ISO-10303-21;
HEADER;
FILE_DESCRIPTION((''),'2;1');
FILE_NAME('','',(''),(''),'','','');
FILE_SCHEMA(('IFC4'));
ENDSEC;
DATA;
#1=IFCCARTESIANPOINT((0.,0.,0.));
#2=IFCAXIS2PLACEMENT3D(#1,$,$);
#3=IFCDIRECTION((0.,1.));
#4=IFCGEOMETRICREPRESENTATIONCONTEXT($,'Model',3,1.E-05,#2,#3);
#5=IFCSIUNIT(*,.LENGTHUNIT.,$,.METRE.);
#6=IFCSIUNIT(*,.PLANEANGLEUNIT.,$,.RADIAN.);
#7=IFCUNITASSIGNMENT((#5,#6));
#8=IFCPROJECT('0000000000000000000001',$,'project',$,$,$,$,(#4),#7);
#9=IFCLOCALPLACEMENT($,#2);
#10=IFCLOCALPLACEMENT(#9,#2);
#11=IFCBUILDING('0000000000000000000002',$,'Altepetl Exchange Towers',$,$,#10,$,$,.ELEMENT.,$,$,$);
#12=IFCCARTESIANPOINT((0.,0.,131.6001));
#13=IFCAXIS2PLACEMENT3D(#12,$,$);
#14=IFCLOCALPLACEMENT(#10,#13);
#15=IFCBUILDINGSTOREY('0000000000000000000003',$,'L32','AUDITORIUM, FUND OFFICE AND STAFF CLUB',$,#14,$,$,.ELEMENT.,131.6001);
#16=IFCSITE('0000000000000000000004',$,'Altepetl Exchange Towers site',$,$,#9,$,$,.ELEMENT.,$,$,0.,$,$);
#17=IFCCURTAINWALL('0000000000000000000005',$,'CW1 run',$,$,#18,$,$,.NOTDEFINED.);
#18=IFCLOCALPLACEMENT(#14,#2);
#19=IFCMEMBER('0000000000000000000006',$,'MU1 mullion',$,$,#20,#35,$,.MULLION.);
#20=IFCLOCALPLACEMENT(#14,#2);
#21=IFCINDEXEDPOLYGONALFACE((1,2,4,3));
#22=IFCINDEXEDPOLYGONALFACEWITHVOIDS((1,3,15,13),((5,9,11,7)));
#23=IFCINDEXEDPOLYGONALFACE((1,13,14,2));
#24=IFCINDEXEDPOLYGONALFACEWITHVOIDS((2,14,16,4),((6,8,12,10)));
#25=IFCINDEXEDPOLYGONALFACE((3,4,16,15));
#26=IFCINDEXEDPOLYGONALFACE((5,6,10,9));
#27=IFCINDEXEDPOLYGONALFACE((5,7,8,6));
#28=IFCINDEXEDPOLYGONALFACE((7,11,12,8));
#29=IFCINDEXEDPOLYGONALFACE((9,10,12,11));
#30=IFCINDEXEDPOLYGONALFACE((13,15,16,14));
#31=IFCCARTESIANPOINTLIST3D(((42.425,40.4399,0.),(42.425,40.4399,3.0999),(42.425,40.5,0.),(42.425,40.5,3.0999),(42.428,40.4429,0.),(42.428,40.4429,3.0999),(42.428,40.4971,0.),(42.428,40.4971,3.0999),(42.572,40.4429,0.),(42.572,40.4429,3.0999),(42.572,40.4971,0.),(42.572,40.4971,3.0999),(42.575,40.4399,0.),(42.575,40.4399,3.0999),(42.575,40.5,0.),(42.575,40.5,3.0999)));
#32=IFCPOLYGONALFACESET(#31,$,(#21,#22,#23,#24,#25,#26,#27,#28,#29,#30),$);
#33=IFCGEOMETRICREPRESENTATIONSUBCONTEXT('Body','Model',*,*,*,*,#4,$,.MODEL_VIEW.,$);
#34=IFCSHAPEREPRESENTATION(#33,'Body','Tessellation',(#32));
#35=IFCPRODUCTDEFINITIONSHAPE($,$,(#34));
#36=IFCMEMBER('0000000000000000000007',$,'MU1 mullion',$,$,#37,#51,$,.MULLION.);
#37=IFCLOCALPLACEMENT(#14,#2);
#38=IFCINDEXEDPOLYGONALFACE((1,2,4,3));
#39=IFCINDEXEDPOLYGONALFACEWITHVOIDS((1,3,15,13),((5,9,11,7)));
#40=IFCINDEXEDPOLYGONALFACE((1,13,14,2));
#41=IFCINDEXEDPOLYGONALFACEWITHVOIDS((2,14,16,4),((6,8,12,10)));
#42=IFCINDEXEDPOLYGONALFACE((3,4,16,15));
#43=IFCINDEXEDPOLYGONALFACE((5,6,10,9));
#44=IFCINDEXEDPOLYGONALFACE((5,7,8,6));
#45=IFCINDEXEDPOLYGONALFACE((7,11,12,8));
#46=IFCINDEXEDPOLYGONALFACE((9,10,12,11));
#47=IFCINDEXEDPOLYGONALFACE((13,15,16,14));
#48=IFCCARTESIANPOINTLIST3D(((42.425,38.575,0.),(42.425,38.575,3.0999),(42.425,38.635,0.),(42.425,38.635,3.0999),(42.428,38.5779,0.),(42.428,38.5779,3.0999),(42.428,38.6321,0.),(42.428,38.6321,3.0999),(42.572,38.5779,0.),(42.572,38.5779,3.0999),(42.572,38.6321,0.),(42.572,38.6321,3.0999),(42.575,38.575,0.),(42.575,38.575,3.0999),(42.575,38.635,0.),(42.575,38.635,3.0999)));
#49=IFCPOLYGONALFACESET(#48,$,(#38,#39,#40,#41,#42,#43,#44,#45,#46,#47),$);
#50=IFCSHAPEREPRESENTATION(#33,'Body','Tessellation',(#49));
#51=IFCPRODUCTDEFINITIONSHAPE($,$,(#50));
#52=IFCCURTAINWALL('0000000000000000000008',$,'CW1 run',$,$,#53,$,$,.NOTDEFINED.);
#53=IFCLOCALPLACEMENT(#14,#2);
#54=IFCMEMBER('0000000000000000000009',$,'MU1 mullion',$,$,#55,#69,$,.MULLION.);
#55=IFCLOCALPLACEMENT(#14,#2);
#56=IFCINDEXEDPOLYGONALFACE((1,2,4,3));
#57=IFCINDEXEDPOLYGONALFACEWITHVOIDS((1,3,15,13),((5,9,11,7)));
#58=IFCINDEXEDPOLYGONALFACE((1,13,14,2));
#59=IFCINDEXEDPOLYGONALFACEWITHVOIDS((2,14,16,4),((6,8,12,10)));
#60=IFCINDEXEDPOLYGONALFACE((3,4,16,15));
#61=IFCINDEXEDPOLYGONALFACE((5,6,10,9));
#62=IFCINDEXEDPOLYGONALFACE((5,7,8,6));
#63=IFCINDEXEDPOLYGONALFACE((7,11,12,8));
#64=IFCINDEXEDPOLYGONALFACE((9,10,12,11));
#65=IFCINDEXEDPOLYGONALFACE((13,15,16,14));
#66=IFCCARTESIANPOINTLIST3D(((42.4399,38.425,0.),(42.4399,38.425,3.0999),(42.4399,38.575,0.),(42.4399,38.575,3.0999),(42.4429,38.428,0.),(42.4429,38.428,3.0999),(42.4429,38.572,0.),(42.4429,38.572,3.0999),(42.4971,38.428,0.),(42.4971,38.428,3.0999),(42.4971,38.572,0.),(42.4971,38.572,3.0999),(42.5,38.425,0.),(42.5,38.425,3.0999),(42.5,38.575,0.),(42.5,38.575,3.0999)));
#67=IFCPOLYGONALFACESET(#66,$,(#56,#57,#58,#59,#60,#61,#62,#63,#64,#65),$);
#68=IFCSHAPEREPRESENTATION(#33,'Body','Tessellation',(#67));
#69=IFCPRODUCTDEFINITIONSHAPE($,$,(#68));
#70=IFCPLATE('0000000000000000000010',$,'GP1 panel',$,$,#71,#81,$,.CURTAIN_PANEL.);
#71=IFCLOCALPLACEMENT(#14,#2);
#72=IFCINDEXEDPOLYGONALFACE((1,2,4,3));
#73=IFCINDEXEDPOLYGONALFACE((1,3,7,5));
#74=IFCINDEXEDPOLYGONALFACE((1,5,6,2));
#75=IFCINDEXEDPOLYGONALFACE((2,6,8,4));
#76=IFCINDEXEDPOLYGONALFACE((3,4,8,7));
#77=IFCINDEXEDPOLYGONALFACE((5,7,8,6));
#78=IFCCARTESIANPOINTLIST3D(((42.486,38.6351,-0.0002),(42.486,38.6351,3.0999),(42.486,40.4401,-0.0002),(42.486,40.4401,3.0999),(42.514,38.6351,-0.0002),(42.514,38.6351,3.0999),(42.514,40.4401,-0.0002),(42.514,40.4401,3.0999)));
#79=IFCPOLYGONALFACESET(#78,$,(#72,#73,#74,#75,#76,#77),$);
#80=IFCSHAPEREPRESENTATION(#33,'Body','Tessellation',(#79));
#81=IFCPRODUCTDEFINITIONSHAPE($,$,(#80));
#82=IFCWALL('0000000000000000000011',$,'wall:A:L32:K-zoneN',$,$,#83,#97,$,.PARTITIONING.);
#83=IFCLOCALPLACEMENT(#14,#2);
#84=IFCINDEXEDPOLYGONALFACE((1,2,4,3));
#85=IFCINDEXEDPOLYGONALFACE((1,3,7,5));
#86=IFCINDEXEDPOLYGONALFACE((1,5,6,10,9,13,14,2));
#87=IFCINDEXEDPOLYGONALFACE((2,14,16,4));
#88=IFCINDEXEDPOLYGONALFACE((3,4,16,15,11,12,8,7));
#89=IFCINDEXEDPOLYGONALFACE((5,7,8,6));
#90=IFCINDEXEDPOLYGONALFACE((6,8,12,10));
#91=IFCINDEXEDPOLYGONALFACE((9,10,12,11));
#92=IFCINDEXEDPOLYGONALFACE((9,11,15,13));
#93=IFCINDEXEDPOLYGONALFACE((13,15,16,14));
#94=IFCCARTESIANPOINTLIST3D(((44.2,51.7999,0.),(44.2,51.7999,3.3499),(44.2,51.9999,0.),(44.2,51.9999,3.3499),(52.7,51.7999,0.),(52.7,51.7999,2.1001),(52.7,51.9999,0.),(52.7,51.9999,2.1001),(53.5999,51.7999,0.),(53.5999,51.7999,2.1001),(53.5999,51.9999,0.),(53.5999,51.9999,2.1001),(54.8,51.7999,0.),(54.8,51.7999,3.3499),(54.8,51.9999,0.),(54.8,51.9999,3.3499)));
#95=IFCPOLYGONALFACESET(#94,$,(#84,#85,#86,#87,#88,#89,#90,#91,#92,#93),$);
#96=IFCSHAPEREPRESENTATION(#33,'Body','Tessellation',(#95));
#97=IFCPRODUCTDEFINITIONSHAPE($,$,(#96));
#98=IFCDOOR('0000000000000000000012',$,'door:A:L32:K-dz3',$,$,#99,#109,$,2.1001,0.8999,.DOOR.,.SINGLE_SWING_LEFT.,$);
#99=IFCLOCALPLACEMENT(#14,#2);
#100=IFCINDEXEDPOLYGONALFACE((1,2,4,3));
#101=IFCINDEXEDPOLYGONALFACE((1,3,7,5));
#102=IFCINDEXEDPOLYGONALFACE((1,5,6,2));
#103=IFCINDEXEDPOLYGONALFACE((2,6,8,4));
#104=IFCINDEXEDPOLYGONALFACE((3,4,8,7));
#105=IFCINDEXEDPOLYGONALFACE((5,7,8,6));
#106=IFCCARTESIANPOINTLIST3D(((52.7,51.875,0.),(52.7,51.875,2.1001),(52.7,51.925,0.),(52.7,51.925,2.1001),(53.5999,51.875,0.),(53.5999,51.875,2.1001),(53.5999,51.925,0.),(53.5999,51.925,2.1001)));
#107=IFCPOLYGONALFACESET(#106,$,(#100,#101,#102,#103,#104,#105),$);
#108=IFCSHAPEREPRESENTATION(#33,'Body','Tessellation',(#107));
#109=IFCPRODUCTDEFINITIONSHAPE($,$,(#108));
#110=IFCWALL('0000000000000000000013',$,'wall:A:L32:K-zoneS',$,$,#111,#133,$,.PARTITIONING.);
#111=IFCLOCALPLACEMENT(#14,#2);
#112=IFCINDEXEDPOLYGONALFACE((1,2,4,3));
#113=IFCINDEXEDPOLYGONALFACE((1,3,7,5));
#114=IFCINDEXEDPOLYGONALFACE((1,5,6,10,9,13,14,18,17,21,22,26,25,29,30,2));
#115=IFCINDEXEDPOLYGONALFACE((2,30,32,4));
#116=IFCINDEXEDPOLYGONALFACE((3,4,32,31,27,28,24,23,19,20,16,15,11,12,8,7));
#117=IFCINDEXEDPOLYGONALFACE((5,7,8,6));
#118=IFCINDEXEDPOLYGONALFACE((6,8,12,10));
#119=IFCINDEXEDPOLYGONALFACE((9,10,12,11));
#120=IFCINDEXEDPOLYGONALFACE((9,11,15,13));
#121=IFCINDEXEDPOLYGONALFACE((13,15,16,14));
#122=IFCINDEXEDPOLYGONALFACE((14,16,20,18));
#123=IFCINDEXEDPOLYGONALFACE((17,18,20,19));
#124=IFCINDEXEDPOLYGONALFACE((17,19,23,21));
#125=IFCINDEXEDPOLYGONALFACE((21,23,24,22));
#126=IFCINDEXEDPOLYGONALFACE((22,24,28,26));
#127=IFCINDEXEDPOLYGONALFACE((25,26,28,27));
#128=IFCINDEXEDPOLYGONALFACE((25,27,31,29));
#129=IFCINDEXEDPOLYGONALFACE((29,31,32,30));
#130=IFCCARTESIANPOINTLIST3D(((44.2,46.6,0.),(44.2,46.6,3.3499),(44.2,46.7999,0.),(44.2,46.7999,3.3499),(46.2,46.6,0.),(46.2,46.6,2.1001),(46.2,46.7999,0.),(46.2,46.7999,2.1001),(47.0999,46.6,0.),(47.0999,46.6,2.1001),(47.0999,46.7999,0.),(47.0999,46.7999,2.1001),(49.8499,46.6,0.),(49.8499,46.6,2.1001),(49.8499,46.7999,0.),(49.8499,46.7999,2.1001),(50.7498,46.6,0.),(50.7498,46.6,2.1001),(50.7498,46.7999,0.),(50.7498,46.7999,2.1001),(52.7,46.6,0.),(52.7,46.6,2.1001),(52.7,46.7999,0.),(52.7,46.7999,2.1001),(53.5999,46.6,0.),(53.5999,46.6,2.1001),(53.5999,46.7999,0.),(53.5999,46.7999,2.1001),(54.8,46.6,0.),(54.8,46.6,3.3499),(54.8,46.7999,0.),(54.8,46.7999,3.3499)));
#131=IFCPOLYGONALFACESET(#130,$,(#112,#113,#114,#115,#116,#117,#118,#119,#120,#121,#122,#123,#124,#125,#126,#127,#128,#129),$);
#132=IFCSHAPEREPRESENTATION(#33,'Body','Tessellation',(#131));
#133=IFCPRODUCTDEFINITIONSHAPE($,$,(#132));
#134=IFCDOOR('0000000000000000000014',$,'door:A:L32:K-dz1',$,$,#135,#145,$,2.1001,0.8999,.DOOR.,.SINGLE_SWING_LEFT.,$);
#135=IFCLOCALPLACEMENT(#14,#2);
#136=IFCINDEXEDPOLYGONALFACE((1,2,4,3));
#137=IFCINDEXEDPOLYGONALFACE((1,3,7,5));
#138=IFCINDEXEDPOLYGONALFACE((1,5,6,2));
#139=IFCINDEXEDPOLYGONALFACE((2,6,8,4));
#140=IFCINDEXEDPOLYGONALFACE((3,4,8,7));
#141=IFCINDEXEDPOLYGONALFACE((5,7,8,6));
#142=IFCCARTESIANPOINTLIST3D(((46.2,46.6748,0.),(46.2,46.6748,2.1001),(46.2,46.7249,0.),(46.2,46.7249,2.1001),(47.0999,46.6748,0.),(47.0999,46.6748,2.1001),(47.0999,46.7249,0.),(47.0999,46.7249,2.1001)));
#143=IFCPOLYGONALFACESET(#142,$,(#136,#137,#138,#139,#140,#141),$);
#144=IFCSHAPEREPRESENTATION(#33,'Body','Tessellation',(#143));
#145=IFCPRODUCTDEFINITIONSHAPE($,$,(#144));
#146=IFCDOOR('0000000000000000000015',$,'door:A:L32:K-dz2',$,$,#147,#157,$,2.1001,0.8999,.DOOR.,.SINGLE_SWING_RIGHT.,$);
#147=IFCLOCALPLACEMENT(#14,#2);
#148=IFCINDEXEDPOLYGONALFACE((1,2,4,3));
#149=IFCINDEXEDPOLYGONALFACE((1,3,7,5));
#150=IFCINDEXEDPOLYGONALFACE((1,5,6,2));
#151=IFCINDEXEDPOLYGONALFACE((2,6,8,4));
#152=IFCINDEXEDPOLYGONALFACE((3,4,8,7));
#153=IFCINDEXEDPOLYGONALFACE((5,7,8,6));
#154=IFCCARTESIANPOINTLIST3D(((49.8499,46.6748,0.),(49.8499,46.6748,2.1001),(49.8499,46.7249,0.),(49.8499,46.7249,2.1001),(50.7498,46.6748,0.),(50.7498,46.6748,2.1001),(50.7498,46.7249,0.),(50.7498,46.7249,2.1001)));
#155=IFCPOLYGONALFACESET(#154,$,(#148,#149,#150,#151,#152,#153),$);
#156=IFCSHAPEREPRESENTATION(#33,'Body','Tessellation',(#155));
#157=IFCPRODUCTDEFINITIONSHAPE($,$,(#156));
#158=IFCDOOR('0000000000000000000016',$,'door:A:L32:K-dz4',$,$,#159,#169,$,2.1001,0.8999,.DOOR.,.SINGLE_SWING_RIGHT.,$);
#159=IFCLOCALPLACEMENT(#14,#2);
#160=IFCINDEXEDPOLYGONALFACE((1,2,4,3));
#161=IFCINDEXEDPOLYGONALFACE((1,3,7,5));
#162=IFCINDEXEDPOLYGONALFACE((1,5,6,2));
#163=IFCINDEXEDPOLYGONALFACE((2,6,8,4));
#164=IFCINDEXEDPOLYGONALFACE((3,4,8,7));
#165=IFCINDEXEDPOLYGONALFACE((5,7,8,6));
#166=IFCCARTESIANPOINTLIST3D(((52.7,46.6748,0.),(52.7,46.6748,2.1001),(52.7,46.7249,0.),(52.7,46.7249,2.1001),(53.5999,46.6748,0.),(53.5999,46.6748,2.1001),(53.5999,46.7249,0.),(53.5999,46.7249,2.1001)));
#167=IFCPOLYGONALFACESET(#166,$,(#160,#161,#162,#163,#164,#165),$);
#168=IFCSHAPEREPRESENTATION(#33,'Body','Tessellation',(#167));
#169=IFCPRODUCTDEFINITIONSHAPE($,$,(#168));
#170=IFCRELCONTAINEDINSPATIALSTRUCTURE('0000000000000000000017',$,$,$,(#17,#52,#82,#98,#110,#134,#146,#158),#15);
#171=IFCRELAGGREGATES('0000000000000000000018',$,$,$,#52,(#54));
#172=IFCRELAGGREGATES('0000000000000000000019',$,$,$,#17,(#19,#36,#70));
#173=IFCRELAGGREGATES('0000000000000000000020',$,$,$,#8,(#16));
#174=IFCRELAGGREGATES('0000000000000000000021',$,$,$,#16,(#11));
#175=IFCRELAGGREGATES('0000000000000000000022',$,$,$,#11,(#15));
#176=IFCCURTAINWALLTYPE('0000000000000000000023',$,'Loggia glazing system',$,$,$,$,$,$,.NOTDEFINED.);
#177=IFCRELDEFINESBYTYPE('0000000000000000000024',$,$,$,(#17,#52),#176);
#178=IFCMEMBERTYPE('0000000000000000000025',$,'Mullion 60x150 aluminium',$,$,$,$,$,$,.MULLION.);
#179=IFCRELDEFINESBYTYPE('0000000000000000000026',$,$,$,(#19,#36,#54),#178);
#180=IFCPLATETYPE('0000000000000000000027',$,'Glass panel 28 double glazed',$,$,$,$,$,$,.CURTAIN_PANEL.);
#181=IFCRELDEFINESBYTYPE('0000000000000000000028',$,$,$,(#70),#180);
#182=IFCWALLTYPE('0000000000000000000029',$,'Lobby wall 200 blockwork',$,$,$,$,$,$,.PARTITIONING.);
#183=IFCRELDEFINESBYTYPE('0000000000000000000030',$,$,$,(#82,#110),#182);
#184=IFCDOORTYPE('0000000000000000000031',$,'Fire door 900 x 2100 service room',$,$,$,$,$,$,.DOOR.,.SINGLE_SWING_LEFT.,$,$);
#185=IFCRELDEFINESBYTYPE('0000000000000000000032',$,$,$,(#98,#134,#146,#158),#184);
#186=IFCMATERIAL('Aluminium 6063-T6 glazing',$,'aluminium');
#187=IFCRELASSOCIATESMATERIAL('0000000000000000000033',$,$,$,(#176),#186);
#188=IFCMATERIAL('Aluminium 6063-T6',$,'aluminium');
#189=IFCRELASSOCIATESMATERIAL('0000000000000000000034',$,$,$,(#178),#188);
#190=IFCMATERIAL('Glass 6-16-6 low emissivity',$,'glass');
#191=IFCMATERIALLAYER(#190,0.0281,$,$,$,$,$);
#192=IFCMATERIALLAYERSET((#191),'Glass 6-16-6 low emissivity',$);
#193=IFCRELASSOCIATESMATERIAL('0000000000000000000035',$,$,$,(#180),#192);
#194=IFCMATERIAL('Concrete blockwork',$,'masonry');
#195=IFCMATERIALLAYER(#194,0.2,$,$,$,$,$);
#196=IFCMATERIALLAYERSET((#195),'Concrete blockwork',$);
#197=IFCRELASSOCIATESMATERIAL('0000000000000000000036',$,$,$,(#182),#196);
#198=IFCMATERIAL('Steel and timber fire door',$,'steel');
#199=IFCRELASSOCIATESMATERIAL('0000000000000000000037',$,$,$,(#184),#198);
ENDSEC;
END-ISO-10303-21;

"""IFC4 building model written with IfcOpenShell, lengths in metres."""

from ifc_helpers import new_model, si_unit, direction, frame, frame_2d, origin, origin_2d, place, context, subcontext, project, spatial, rectangle, hollow_rectangle, extrude, material, layer, layer_set, material_profile, profile_set, type_object, element, fill, aggregate, save


model = new_model("IFC4")

# Units and contexts
model_context = context("Model", 3, precision=1e-05, world=origin(), true_north=direction((0.0, 1.0)))
body_context = subcontext(model_context, "Body", "Model", "MODEL_VIEW")
ifc_project = project(units=[si_unit("LENGTHUNIT", "METRE"), si_unit("PLANEANGLEUNIT", "RADIAN")], contexts=[model_context])

# Site, building, storey
site_placement = place(None, origin())
site = spatial("IfcSite", under=ifc_project, at=site_placement, Name="Altepetl Exchange Towers site", CompositionType="ELEMENT", RefElevation=0.0)
building_placement = place(site_placement, origin())
building = spatial("IfcBuilding", under=site, at=building_placement, Name="Altepetl Exchange Towers", CompositionType="ELEMENT")
storey_placement = place(building_placement, frame((0.0, 0.0, 131.6001)))
storey = spatial("IfcBuildingStorey", under=building, at=storey_placement, Name="L32", Description="AUDITORIUM, FUND OFFICE AND STAFF CLUB", CompositionType="ELEMENT", Elevation=131.6001)

# Curtain wall, members
ifc_material_1 = material(Name="Aluminium 6063-T6 glazing", Category="aluminium")
curtain_wall_type = type_object("IfcCurtainWallType", Name="Loggia glazing system", PredefinedType="NOTDEFINED", material=ifc_material_1)
curtain_wall_1_placement = place(storey_placement, origin())
curtain_wall_1 = element("IfcCurtainWall", 1, at=curtain_wall_1_placement, inside=storey, type_object=curtain_wall_type, Name="CW1 run", PredefinedType="NOTDEFINED")
ifc_material_2 = material(Name="Aluminium 6063-T6", Category="aluminium")
ifc_material_profile = material_profile(ifc_material_2, hollow_rectangle(XDim=0.0601, YDim=0.1499, WallThickness=0.0029, at=origin_2d()), Name="Mullion 60x150 aluminium")
ifc_profile_set = profile_set([ifc_material_profile], Name="Aluminium 6063-T6")
member_type = type_object("IfcMemberType", Name="Mullion 60x150 aluminium", PredefinedType="MULLION", material=ifc_profile_set)
member_1_placement = place(storey_placement, frame((42.5, 40.47, 0.0), z_axis=(0.0, 0.0, 1.0), x_axis=(0.0, -1.0, 0.0)))
member_1 = element("IfcMember", 2, at=member_1_placement, type_object=member_type, Name="MU1 mullion", PredefinedType="MULLION", context=body_context, shape_type="SweptSolid", body=[
    extrude(hollow_rectangle(XDim=0.0601, YDim=0.1499, WallThickness=0.0029, at=origin_2d()), origin(), (0.0, 0.0, 1.0), 3.0999),
])
member_2_placement = place(storey_placement, frame((42.5, 38.605, 0.0), z_axis=(0.0, 0.0, 1.0), x_axis=(0.0, -1.0, 0.0)))
member_2 = element("IfcMember", 3, at=member_2_placement, type_object=member_type, Name="MU1 mullion", PredefinedType="MULLION", context=body_context, shape_type="SweptSolid", body=[
    extrude(hollow_rectangle(XDim=0.0601, YDim=0.1499, WallThickness=0.0029, at=origin_2d()), origin(), (0.0, 0.0, 1.0), 3.0999),
])

# Curtain wall, member
curtain_wall_2_placement = place(storey_placement, origin())
curtain_wall_2 = element("IfcCurtainWall", 4, at=curtain_wall_2_placement, inside=storey, type_object=curtain_wall_type, Name="CW1 run", PredefinedType="NOTDEFINED")
member_3_placement = place(storey_placement, frame((42.47, 38.5, 0.0), z_axis=(0.0, 0.0, 1.0), x_axis=(-1.0, 0.0, 0.0)))
member_3 = element("IfcMember", 5, at=member_3_placement, type_object=member_type, Name="MU1 mullion", PredefinedType="MULLION", context=body_context, shape_type="SweptSolid", body=[
    extrude(hollow_rectangle(XDim=0.0601, YDim=0.1499, WallThickness=0.0029, at=origin_2d()), origin(), (0.0, 0.0, 1.0), 3.0999),
])
aggregate(curtain_wall_2, [member_3])

# Plate
ifc_material_3 = material(Name="Glass 6-16-6 low emissivity", Category="glass")
ifc_layer_1 = layer(ifc_material_3, 0.0281)
ifc_layer_set_1 = layer_set([ifc_layer_1], Name="Glass 6-16-6 low emissivity")
plate_type = type_object("IfcPlateType", Name="Glass panel 28 double glazed", PredefinedType="CURTAIN_PANEL", material=ifc_layer_set_1)
plate_placement = place(storey_placement, frame((42.5, 39.5376, -0.0002), z_axis=(0.0, 0.0, 1.0), x_axis=(0.0, -1.0, 0.0)))
plate = element("IfcPlate", 6, at=plate_placement, type_object=plate_type, Name="GP1 panel", PredefinedType="CURTAIN_PANEL", context=body_context, shape_type="SweptSolid", body=[
    extrude(rectangle(XDim=1.8049, YDim=0.0281, at=origin_2d()), origin(), (0.0, 0.0, 1.0), 3.1001),
])
aggregate(curtain_wall_1, [member_1, member_2, plate])

# Wall, opening, door
ifc_material_4 = material(Name="Concrete blockwork", Category="masonry")
ifc_layer_2 = layer(ifc_material_4, 0.2)
ifc_layer_set_2 = layer_set([ifc_layer_2], Name="Concrete blockwork")
wall_type_1 = type_object("IfcWallType", Name="Lobby wall 200 blockwork", PredefinedType="PARTITIONING", material=ifc_layer_set_2)
wall_1_placement = place(storey_placement, frame((44.2, 51.8999, 0.0)))
wall_1 = element("IfcWall", 7, at=wall_1_placement, inside=storey, type_object=wall_type_1, Name="wall:A:L32:K-zoneN", PredefinedType="PARTITIONING", context=body_context, shape_type="SweptSolid", body=[
    extrude(rectangle(XDim=10.6001, YDim=0.2, at=frame_2d((5.3, 0.0))), origin(), (0.0, 0.0, 1.0), 3.3499),
])
opening_1_placement = place(wall_1_placement, frame((8.5, 0.0, 0.0)))
opening_1 = element("IfcOpeningElement", 8, at=opening_1_placement, cuts=wall_1, PredefinedType="OPENING", context=body_context, shape_type="SweptSolid", body=[
    extrude(rectangle(XDim=0.8999, YDim=2.1001, at=frame_2d((0.45, 1.05))), frame((0.0, 0.1099, 0.0), z_axis=(0.0, -1.0, 0.0), x_axis=(1.0, 0.0, 0.0)), (0.0, 0.0, 1.0), 0.22),
])
ifc_material_5 = material(Name="Steel and timber fire door", Category="steel")
door_type = type_object("IfcDoorType", Name="Fire door 900 x 2100 service room", OperationType="SINGLE_SWING_LEFT", PredefinedType="DOOR", material=ifc_material_5)
door_1_placement = place(opening_1_placement, frame((0.8999, 0.0, 0.0), x_axis=(-1.0, 0.0, 0.0)))
door_1 = element("IfcDoor", 9, at=door_1_placement, inside=storey, type_object=door_type, Name="door:A:L32:K-dz3", OperationType="SINGLE_SWING_LEFT", OverallHeight=2.1001, OverallWidth=0.8999, PredefinedType="DOOR", context=body_context, shape_type="SweptSolid", body=[
    extrude(rectangle(XDim=0.8999, YDim=2.1001, at=frame_2d((0.45, 1.05))), frame((0.0, 0.0249, 0.0), z_axis=(0.0, -1.0, 0.0), x_axis=(1.0, 0.0, 0.0)), (0.0, 0.0, 1.0), 0.05),
])
fill(opening_1, door_1)

# Wall, openings, doors
wall_2_placement = place(storey_placement, frame((44.2, 46.7, 0.0)))
wall_2 = element("IfcWall", 10, at=wall_2_placement, inside=storey, type_object=wall_type_1, Name="wall:A:L32:K-zoneS", PredefinedType="PARTITIONING", context=body_context, shape_type="SweptSolid", body=[
    extrude(rectangle(XDim=10.6001, YDim=0.2, at=frame_2d((5.3, 0.0))), origin(), (0.0, 0.0, 1.0), 3.3499),
])
opening_2_placement = place(wall_2_placement, frame((2.0, 0.0, 0.0)))
opening_2 = element("IfcOpeningElement", 11, at=opening_2_placement, cuts=wall_2, PredefinedType="OPENING", context=body_context, shape_type="SweptSolid", body=[
    extrude(rectangle(XDim=0.8999, YDim=2.1001, at=frame_2d((0.45, 1.05))), frame((0.0, 0.1099, 0.0), z_axis=(0.0, -1.0, 0.0), x_axis=(1.0, 0.0, 0.0)), (0.0, 0.0, 1.0), 0.22),
])
opening_3_placement = place(wall_2_placement, frame((5.6499, 0.0, 0.0)))
opening_3 = element("IfcOpeningElement", 12, at=opening_3_placement, cuts=wall_2, PredefinedType="OPENING", context=body_context, shape_type="SweptSolid", body=[
    extrude(rectangle(XDim=0.8999, YDim=2.1001, at=frame_2d((0.45, 1.05))), frame((0.0, 0.1099, 0.0), z_axis=(0.0, -1.0, 0.0), x_axis=(1.0, 0.0, 0.0)), (0.0, 0.0, 1.0), 0.22),
])
opening_4_placement = place(wall_2_placement, frame((8.5, 0.0, 0.0)))
opening_4 = element("IfcOpeningElement", 13, at=opening_4_placement, cuts=wall_2, PredefinedType="OPENING", context=body_context, shape_type="SweptSolid", body=[
    extrude(rectangle(XDim=0.8999, YDim=2.1001, at=frame_2d((0.45, 1.05))), frame((0.0, 0.1099, 0.0), z_axis=(0.0, -1.0, 0.0), x_axis=(1.0, 0.0, 0.0)), (0.0, 0.0, 1.0), 0.22),
])
door_2_placement = place(opening_2_placement, origin())
door_2 = element("IfcDoor", 14, at=door_2_placement, inside=storey, type_object=door_type, Name="door:A:L32:K-dz1", OperationType="SINGLE_SWING_LEFT", OverallHeight=2.1001, OverallWidth=0.8999, PredefinedType="DOOR", context=body_context, shape_type="SweptSolid", body=[
    extrude(rectangle(XDim=0.8999, YDim=2.1001, at=frame_2d((0.45, 1.05))), frame((0.0, 0.0249, 0.0), z_axis=(0.0, -1.0, 0.0), x_axis=(1.0, 0.0, 0.0)), (0.0, 0.0, 1.0), 0.05),
])
fill(opening_2, door_2)
door_3_placement = place(opening_3_placement, origin())
door_3 = element("IfcDoor", 15, at=door_3_placement, inside=storey, type_object=door_type, Name="door:A:L32:K-dz2", OperationType="SINGLE_SWING_RIGHT", OverallHeight=2.1001, OverallWidth=0.8999, PredefinedType="DOOR", context=body_context, shape_type="SweptSolid", body=[
    extrude(rectangle(XDim=0.8999, YDim=2.1001, at=frame_2d((0.45, 1.05))), frame((0.0, 0.0249, 0.0), z_axis=(0.0, -1.0, 0.0), x_axis=(1.0, 0.0, 0.0)), (0.0, 0.0, 1.0), 0.05),
])
fill(opening_3, door_3)
door_4_placement = place(opening_4_placement, origin())
door_4 = element("IfcDoor", 16, at=door_4_placement, inside=storey, type_object=door_type, Name="door:A:L32:K-dz4", OperationType="SINGLE_SWING_RIGHT", OverallHeight=2.1001, OverallWidth=0.8999, PredefinedType="DOOR", context=body_context, shape_type="SweptSolid", body=[
    extrude(rectangle(XDim=0.8999, YDim=2.1001, at=frame_2d((0.45, 1.05))), frame((0.0, 0.0249, 0.0), z_axis=(0.0, -1.0, 0.0), x_axis=(1.0, 0.0, 0.0)), (0.0, 0.0, 1.0), 0.05),
])
fill(opening_4, door_4)

save(model, "model.ifc")
